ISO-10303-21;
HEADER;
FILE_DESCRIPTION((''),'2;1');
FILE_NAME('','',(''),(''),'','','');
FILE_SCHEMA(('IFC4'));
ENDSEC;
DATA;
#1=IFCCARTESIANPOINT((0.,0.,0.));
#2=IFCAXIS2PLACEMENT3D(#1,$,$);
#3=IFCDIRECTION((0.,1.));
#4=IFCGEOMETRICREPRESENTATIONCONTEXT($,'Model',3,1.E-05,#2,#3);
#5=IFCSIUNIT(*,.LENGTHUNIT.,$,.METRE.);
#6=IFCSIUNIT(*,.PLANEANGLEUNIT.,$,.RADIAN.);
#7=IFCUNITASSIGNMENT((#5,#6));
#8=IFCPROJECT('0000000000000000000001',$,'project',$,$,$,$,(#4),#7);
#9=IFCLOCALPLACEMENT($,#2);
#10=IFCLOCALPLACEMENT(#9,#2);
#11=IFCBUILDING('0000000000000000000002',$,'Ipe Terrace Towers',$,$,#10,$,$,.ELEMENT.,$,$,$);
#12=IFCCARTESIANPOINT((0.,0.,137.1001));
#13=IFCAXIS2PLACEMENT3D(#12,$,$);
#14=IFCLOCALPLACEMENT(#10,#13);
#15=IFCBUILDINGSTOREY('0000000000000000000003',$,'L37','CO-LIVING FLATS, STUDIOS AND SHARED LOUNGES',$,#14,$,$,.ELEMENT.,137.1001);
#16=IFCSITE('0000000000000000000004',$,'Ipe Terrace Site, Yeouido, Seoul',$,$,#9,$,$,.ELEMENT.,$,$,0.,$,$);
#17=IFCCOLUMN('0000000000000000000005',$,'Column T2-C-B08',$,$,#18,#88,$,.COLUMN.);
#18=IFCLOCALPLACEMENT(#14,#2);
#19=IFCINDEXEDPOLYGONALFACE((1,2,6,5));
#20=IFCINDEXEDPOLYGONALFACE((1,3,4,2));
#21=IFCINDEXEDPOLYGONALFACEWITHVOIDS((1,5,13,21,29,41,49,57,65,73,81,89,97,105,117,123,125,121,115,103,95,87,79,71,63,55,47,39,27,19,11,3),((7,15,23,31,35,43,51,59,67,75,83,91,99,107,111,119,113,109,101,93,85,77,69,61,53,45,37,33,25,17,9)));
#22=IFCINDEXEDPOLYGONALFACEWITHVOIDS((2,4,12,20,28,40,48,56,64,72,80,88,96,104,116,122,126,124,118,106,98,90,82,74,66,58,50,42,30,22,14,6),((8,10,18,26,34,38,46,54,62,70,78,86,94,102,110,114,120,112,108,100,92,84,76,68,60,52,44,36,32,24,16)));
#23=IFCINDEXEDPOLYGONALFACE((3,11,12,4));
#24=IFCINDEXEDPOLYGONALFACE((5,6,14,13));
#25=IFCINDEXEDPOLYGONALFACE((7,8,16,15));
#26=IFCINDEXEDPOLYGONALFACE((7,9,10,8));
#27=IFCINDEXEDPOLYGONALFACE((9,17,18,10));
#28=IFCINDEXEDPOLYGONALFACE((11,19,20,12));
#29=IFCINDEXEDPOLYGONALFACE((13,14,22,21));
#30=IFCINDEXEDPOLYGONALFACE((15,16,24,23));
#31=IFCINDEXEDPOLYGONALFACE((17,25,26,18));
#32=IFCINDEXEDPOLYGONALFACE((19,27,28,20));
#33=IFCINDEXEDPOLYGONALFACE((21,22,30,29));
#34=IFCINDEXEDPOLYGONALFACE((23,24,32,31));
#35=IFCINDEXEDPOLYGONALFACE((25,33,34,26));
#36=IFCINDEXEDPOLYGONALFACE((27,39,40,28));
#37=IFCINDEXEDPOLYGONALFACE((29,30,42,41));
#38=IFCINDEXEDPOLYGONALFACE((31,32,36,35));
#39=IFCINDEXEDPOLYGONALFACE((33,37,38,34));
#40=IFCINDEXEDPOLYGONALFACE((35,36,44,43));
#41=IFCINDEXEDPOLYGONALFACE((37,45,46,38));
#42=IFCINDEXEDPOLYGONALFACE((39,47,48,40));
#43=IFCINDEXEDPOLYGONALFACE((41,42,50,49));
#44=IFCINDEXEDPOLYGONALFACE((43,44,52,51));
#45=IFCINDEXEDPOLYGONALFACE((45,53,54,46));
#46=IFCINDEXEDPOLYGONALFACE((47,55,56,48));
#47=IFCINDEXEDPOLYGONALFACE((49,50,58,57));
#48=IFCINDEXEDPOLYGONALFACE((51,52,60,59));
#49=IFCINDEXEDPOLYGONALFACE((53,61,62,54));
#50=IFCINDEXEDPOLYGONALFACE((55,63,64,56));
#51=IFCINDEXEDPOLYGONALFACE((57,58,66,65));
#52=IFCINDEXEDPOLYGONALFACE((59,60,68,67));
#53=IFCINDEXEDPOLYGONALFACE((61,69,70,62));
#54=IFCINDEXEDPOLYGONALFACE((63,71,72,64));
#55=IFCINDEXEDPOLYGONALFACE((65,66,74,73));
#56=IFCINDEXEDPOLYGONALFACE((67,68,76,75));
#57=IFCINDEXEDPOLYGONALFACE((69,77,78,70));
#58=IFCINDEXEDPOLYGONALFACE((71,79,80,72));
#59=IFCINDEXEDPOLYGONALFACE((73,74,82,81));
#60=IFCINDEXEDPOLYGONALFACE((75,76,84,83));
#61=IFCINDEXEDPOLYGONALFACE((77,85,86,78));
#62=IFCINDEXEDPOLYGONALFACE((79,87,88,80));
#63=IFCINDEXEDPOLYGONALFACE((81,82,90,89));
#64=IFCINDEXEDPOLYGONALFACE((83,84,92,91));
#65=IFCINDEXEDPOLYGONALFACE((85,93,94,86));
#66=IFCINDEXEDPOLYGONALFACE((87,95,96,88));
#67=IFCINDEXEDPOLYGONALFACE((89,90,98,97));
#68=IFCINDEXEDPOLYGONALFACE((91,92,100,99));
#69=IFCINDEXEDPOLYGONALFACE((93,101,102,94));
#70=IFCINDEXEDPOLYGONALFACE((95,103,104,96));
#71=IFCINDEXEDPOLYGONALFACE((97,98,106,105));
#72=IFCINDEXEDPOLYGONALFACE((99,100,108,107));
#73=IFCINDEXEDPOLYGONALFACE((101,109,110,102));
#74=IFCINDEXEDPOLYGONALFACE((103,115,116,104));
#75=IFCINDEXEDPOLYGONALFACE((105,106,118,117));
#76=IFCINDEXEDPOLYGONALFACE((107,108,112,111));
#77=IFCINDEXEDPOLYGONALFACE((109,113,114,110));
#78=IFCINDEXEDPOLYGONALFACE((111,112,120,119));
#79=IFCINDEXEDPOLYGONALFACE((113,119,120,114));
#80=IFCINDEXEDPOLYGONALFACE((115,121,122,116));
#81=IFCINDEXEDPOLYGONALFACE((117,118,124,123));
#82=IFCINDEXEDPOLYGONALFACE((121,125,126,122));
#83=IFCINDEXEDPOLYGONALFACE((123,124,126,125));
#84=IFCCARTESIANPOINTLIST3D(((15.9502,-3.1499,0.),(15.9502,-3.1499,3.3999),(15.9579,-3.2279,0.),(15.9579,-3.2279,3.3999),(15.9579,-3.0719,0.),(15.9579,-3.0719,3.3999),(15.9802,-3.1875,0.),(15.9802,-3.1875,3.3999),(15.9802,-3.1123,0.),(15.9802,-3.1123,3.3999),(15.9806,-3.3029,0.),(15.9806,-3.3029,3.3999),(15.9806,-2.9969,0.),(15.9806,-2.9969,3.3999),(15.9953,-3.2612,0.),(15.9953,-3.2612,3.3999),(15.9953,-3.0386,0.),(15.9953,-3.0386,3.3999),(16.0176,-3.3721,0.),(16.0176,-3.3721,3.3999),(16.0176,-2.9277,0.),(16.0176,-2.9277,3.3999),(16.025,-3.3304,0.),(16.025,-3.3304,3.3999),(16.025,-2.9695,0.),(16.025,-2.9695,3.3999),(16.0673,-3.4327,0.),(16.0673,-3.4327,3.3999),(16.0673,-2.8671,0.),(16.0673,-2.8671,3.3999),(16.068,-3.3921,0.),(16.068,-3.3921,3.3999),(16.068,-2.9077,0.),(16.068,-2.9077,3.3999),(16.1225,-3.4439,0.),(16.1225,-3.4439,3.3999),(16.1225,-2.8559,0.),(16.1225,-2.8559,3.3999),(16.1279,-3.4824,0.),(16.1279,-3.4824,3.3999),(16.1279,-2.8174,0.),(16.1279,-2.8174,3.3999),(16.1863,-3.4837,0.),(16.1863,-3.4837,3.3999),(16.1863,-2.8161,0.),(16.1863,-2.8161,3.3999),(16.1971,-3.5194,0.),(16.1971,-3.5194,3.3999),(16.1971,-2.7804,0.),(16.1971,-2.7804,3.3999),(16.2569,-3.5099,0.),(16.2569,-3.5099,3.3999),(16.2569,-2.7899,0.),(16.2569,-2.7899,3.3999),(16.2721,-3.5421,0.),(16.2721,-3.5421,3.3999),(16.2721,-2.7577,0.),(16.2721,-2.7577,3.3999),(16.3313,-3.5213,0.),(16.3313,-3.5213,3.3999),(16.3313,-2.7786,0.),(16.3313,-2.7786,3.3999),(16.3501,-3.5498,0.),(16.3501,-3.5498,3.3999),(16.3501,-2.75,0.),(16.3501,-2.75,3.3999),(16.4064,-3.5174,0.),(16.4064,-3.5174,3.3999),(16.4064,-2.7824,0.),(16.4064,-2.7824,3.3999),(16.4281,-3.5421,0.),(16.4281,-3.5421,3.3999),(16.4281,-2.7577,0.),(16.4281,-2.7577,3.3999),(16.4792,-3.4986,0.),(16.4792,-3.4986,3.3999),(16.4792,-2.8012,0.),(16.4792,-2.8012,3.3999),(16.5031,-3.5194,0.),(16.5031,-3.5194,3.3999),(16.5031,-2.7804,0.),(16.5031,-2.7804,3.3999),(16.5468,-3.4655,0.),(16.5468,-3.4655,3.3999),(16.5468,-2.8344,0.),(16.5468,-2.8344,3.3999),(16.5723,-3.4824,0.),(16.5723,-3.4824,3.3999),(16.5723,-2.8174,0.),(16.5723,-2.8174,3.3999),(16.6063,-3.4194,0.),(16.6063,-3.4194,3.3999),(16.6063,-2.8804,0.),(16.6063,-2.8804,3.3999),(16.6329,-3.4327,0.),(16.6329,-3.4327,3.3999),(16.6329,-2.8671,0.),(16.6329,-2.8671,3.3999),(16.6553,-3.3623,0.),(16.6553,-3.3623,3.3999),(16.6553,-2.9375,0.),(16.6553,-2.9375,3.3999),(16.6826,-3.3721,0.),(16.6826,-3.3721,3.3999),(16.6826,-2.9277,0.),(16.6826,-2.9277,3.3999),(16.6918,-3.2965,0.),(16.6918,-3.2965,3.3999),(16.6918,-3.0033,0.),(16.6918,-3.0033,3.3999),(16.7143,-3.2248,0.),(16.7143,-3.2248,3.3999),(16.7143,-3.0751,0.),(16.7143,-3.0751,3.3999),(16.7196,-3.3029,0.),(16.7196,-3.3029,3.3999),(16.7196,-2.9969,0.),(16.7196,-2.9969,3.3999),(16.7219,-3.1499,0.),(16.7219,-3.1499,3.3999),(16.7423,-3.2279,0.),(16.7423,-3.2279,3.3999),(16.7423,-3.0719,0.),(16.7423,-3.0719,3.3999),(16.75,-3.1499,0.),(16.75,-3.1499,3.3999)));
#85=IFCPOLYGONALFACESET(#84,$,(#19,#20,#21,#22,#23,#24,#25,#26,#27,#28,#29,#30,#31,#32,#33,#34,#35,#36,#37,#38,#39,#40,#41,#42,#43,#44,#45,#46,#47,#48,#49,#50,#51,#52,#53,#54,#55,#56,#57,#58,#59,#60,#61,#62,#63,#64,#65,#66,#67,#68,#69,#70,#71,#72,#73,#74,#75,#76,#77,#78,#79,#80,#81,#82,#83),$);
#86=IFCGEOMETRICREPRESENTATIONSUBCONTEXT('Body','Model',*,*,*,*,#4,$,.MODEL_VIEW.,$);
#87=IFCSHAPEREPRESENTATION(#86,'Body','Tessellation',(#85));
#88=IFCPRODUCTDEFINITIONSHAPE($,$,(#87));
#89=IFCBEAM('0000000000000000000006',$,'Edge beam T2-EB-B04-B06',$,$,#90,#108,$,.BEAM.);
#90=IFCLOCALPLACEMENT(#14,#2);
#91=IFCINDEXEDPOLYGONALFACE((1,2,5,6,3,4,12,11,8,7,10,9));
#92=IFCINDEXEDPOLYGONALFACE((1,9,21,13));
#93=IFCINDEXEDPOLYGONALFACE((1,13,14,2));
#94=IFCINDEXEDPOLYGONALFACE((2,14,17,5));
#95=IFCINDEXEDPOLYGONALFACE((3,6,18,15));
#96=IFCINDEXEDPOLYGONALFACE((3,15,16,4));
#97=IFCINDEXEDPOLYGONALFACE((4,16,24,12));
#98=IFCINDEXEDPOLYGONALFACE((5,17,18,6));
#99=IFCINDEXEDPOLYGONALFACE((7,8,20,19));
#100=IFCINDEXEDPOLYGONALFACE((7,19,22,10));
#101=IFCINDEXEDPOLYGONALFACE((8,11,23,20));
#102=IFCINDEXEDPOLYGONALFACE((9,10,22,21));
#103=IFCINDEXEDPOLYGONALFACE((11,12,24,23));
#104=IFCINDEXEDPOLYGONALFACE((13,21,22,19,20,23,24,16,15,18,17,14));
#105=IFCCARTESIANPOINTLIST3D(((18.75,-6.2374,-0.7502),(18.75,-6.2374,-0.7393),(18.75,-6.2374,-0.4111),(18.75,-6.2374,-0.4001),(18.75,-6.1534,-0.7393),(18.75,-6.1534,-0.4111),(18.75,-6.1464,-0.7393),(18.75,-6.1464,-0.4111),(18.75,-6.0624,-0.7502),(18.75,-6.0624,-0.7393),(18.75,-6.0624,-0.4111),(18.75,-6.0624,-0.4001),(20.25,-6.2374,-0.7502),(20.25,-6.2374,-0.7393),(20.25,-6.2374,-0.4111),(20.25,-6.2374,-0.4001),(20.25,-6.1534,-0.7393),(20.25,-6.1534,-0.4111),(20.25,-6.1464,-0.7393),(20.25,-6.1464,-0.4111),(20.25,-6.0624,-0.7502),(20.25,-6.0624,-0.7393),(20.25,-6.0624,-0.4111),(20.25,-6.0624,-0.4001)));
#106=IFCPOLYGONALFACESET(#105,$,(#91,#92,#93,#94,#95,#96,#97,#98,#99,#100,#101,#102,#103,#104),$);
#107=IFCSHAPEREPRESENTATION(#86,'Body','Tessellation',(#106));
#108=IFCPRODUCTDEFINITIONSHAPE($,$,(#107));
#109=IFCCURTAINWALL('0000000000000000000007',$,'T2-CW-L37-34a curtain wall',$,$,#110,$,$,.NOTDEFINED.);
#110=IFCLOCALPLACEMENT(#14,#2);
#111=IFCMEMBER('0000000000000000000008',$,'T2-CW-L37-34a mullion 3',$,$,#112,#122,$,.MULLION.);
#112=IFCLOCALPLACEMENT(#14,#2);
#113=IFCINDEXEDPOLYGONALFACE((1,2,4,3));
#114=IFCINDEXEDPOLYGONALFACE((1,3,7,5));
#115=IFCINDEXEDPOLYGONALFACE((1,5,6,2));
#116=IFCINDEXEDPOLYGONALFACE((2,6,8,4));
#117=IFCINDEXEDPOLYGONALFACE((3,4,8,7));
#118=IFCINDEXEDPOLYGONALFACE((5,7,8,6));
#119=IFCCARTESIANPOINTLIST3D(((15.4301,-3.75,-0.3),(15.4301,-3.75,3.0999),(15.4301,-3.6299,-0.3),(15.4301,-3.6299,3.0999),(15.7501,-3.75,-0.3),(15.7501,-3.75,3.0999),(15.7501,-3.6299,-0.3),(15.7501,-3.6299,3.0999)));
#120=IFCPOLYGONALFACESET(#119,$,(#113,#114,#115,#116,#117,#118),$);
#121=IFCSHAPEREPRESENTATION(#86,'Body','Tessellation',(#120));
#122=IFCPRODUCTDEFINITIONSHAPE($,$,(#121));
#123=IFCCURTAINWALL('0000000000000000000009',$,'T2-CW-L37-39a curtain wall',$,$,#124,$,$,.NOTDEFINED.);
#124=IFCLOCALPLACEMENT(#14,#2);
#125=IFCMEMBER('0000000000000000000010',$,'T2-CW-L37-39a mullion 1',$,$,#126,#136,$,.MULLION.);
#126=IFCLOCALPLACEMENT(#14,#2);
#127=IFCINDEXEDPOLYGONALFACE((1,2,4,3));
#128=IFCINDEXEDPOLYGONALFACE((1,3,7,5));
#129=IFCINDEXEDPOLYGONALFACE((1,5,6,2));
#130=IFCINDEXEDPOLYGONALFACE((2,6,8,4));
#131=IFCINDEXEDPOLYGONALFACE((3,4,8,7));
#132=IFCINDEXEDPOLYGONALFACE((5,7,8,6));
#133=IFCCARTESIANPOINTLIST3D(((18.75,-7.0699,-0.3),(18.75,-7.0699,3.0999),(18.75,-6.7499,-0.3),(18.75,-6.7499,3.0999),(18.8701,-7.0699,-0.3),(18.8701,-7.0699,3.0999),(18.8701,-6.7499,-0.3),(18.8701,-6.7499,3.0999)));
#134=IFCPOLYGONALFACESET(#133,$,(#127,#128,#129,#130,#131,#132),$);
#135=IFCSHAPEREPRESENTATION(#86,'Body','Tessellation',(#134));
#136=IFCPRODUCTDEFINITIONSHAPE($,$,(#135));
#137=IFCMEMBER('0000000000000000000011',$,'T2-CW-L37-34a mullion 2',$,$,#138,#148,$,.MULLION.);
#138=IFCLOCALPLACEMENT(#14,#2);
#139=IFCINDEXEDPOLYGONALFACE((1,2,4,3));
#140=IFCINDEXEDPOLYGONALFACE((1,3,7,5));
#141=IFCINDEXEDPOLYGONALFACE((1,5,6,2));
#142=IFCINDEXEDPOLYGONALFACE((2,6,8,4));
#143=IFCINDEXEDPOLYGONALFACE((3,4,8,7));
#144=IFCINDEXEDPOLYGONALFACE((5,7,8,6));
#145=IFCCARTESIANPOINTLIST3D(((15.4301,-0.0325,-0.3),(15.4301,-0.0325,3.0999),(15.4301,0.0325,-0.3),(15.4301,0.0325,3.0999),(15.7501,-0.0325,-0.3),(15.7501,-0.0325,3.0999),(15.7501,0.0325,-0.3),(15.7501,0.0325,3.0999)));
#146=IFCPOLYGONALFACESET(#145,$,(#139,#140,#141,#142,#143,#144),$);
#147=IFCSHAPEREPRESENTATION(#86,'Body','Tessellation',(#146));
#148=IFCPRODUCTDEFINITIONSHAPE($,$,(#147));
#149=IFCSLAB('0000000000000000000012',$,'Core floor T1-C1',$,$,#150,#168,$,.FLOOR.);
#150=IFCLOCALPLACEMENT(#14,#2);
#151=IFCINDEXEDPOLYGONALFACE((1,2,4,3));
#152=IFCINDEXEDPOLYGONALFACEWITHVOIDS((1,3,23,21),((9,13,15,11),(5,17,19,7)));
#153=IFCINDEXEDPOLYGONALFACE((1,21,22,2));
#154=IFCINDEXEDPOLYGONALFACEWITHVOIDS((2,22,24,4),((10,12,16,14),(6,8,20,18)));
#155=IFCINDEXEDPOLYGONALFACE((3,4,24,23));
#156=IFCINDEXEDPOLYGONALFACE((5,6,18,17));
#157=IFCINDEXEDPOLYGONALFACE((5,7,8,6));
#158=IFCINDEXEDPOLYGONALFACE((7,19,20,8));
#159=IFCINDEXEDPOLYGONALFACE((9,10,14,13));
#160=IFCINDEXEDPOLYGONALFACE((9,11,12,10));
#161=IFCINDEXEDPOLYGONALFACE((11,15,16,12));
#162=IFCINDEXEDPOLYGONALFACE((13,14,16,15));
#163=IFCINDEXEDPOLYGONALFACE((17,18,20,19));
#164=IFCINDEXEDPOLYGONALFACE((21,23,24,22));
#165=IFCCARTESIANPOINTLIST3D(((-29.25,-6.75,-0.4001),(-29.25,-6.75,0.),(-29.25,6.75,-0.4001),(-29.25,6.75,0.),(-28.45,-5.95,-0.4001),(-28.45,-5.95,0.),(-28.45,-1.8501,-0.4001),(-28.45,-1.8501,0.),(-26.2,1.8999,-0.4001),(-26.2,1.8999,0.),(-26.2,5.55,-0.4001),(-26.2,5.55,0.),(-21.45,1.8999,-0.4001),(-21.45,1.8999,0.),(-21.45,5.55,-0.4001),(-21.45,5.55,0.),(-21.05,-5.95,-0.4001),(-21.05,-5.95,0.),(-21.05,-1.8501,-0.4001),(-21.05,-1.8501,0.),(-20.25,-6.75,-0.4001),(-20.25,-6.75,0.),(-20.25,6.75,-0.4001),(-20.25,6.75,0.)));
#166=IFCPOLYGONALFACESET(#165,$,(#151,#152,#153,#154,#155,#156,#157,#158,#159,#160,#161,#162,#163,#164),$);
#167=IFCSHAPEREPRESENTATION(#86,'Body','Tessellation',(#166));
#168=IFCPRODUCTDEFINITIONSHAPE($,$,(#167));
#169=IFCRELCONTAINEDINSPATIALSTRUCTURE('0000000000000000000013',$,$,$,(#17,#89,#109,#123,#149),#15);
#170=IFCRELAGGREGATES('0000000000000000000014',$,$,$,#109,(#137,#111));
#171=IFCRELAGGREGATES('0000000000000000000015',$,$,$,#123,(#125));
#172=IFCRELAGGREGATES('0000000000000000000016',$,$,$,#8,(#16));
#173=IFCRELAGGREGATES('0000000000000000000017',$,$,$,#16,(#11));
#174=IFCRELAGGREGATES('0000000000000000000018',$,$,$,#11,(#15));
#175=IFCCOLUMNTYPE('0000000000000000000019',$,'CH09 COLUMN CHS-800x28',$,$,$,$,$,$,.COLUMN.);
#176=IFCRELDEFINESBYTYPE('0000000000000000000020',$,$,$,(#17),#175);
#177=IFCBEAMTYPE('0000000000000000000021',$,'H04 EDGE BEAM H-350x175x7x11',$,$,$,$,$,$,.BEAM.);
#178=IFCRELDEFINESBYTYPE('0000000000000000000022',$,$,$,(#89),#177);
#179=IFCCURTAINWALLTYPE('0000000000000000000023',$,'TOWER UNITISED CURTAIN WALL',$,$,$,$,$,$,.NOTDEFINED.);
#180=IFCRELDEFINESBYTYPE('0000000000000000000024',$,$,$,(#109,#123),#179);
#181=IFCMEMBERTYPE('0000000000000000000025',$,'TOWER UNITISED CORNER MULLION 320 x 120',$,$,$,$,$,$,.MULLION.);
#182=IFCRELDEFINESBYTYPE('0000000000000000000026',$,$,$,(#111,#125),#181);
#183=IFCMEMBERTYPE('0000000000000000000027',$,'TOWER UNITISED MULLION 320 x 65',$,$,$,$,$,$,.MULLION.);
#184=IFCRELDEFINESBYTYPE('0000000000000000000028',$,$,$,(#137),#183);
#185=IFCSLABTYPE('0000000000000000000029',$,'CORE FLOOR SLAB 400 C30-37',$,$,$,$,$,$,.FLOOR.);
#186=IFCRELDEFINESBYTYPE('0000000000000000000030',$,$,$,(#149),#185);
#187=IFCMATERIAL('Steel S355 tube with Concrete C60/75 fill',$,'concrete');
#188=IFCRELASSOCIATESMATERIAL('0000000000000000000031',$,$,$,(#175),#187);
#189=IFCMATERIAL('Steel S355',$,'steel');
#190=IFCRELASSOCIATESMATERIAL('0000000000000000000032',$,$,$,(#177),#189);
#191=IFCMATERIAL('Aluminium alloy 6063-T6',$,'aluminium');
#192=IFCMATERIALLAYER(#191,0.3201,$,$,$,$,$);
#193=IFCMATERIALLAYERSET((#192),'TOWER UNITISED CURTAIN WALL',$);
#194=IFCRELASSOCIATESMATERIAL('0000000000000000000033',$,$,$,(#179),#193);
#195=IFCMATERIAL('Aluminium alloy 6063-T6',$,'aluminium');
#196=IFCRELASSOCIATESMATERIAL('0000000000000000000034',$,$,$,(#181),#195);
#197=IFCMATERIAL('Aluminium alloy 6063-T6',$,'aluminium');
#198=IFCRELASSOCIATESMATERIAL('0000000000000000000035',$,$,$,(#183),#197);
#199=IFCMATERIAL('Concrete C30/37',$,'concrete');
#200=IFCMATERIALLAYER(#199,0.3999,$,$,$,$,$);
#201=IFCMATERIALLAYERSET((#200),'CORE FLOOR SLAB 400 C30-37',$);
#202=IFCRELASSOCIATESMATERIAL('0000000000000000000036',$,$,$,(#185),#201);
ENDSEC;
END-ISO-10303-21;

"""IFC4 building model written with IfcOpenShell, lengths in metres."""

from ifc_helpers import new_model, si_unit, direction, frame, origin, origin_2d, place, context, subcontext, project, spatial, polyline, rectangle, hollow_circle, i_section, outline, extrude, material, layer, layer_set, material_profile, profile_set, type_object, element, aggregate, save


model = new_model("IFC4")

# Units and contexts
model_context = context("Model", 3, precision=1e-05, world=origin(), true_north=direction((0.0, 1.0)))
body_context = subcontext(model_context, "Body", "Model", "MODEL_VIEW")
ifc_project = project(units=[si_unit("LENGTHUNIT", "METRE"), si_unit("PLANEANGLEUNIT", "RADIAN")], contexts=[model_context])

# Site, building, storey
site_placement = place(None, origin())
site = spatial("IfcSite", under=ifc_project, at=site_placement, Name="Ipe Terrace Site, Yeouido, Seoul", CompositionType="ELEMENT", RefElevation=0.0)
building_placement = place(site_placement, origin())
building = spatial("IfcBuilding", under=site, at=building_placement, Name="Ipe Terrace Towers", CompositionType="ELEMENT")
storey_placement = place(building_placement, frame((0.0, 0.0, 137.1001)))
storey = spatial("IfcBuildingStorey", under=building, at=storey_placement, Name="L37", Description="CO-LIVING FLATS, STUDIOS AND SHARED LOUNGES", CompositionType="ELEMENT", Elevation=137.1001)

# Column
ifc_material_1 = material(Name="Steel S355 tube with Concrete C60/75 fill", Category="concrete")
ifc_material_profile_1 = material_profile(ifc_material_1, hollow_circle(Radius=0.3999, WallThickness=0.0281, at=origin_2d()), Name="CHS-800x28")
ifc_profile_set_1 = profile_set([ifc_material_profile_1], Name="Steel S355 tube with Concrete C60/75 fill")
column_type = type_object("IfcColumnType", Name="CH09 COLUMN CHS-800x28", PredefinedType="COLUMN", material=ifc_profile_set_1)
for number, where, z_axis, x_axis, name in (
    (1, (16.3501, -3.1499, 0.0), (0.0, 0.0, 1.0), (1.0, 0.0, 0.0), "Column T2-C-B08"),
):
    element("IfcColumn", number, at=place(storey_placement, frame(where, z_axis=z_axis, x_axis=x_axis)), inside=storey, type_object=column_type, Name=name, PredefinedType="COLUMN", context=body_context, shape_type="SweptSolid", body=[
        extrude(hollow_circle(Radius=0.3999, WallThickness=0.0281, at=origin_2d()), origin(), (0.0, 0.0, 1.0), 3.3999),
    ])

# Beam
ifc_material_2 = material(Name="Steel S355", Category="steel")
ifc_material_profile_2 = material_profile(ifc_material_2, i_section(OverallWidth=0.175, OverallDepth=0.3501, WebThickness=0.0071, FlangeThickness=0.011, at=origin_2d()), Name="H-350x175x7x11")
ifc_profile_set_2 = profile_set([ifc_material_profile_2], Name="Steel S355")
beam_type = type_object("IfcBeamType", Name="H04 EDGE BEAM H-350x175x7x11", PredefinedType="BEAM", material=ifc_profile_set_2)
beam_placement = place(storey_placement, frame((20.25, -6.1499, -0.5752), z_axis=(-1.0, 0.0, 0.0), x_axis=(0.0, -1.0, 0.0)))
element("IfcBeam", 2, at=beam_placement, inside=storey, type_object=beam_type, Name="Edge beam T2-EB-B04-B06", PredefinedType="BEAM", context=body_context, shape_type="SweptSolid", body=[
    extrude(i_section(OverallWidth=0.175, OverallDepth=0.3501, WebThickness=0.0071, FlangeThickness=0.011, at=origin_2d()), origin(), (0.0, 0.0, 1.0), 1.5),
])

# Curtain walls, members
ifc_material_3 = material(Name="Aluminium alloy 6063-T6", Category="aluminium")
ifc_layer_1 = layer(ifc_material_3, 0.3201)
ifc_layer_set_1 = layer_set([ifc_layer_1], Name="TOWER UNITISED CURTAIN WALL")
curtain_wall_type = type_object("IfcCurtainWallType", Name="TOWER UNITISED CURTAIN WALL", PredefinedType="NOTDEFINED", material=ifc_layer_set_1)
curtain_wall_1_placement = place(storey_placement, origin())
curtain_wall_1 = element("IfcCurtainWall", 3, at=curtain_wall_1_placement, inside=storey, type_object=curtain_wall_type, Name="T2-CW-L37-34a curtain wall", PredefinedType="NOTDEFINED")
ifc_material_4 = material(Name="Aluminium alloy 6063-T6", Category="aluminium")
ifc_material_profile_3 = material_profile(ifc_material_4, rectangle(XDim=0.3201, YDim=0.1201, at=origin_2d()), Name="TOWER UNITISED CORNER MULLION 320 x 120")
ifc_profile_set_3 = profile_set([ifc_material_profile_3], Name="Aluminium alloy 6063-T6")
member_type_1 = type_object("IfcMemberType", Name="TOWER UNITISED CORNER MULLION 320 x 120", PredefinedType="MULLION", material=ifc_profile_set_3)
member_1_placement = place(storey_placement, frame((15.5901, -3.6899, -0.3), z_axis=(0.0, 0.0, 1.0), x_axis=(-1.0, 0.0, 0.0)))
member_1 = element("IfcMember", 4, at=member_1_placement, type_object=member_type_1, Name="T2-CW-L37-34a mullion 3", PredefinedType="MULLION", context=body_context, shape_type="SweptSolid", body=[
    extrude(rectangle(XDim=0.3201, YDim=0.1201, at=origin_2d()), origin(), (0.0, 0.0, 1.0), 3.3999),
])
curtain_wall_2_placement = place(storey_placement, origin())
curtain_wall_2 = element("IfcCurtainWall", 5, at=curtain_wall_2_placement, inside=storey, type_object=curtain_wall_type, Name="T2-CW-L37-39a curtain wall", PredefinedType="NOTDEFINED")
member_2_placement = place(storey_placement, frame((18.8101, -6.9099, -0.3), z_axis=(0.0, 0.0, 1.0), x_axis=(0.0, -1.0, 0.0)))
member_2 = element("IfcMember", 6, at=member_2_placement, type_object=member_type_1, Name="T2-CW-L37-39a mullion 1", PredefinedType="MULLION", context=body_context, shape_type="SweptSolid", body=[
    extrude(rectangle(XDim=0.3201, YDim=0.1201, at=origin_2d()), origin(), (0.0, 0.0, 1.0), 3.3999),
])

# Member
ifc_material_5 = material(Name="Aluminium alloy 6063-T6", Category="aluminium")
ifc_material_profile_4 = material_profile(ifc_material_5, rectangle(XDim=0.3201, YDim=0.0649, at=origin_2d()), Name="TOWER UNITISED MULLION 320 x 65")
ifc_profile_set_4 = profile_set([ifc_material_profile_4], Name="Aluminium alloy 6063-T6")
member_type_2 = type_object("IfcMemberType", Name="TOWER UNITISED MULLION 320 x 65", PredefinedType="MULLION", material=ifc_profile_set_4)
member_3_placement = place(storey_placement, frame((15.5901, 0.0, -0.3), z_axis=(0.0, 0.0, 1.0), x_axis=(-1.0, 0.0, 0.0)))
member_3 = element("IfcMember", 7, at=member_3_placement, type_object=member_type_2, Name="T2-CW-L37-34a mullion 2", PredefinedType="MULLION", context=body_context, shape_type="SweptSolid", body=[
    extrude(rectangle(XDim=0.3201, YDim=0.0649, at=origin_2d()), origin(), (0.0, 0.0, 1.0), 3.3999),
])

# Slab
ifc_material_6 = material(Name="Concrete C30/37", Category="concrete")
ifc_layer_2 = layer(ifc_material_6, 0.3999)
ifc_layer_set_2 = layer_set([ifc_layer_2], Name="CORE FLOOR SLAB 400 C30-37")
slab_type_1 = type_object("IfcSlabType", Name="CORE FLOOR SLAB 400 C30-37", PredefinedType="FLOOR", material=ifc_layer_set_2)
slab_1_placement = place(storey_placement, frame((0.0, 0.0, -0.4001)))
element("IfcSlab", 8, at=slab_1_placement, inside=storey, type_object=slab_type_1, Name="Core floor T1-C1", PredefinedType="FLOOR", context=body_context, shape_type="SweptSolid", body=[
    extrude(outline(polyline([(-29.25, -6.75), (-29.25, 6.75), (-20.25, 6.75), (-20.25, -6.75), (-29.25, -6.75)]), holes=[polyline([(-28.45, -5.95), (-21.05, -5.95), (-21.05, -1.8501), (-28.45, -1.8501), (-28.45, -5.95)]), polyline([(-26.2, 5.55), (-26.2, 1.8999), (-21.45, 1.8999), (-21.45, 5.55), (-26.2, 5.55)])]), origin(), (0.0, 0.0, 1.0), 0.4001),
])

aggregate(curtain_wall_1, [member_3, member_1])
aggregate(curtain_wall_2, [member_2])

save(model, "model.ifc")
